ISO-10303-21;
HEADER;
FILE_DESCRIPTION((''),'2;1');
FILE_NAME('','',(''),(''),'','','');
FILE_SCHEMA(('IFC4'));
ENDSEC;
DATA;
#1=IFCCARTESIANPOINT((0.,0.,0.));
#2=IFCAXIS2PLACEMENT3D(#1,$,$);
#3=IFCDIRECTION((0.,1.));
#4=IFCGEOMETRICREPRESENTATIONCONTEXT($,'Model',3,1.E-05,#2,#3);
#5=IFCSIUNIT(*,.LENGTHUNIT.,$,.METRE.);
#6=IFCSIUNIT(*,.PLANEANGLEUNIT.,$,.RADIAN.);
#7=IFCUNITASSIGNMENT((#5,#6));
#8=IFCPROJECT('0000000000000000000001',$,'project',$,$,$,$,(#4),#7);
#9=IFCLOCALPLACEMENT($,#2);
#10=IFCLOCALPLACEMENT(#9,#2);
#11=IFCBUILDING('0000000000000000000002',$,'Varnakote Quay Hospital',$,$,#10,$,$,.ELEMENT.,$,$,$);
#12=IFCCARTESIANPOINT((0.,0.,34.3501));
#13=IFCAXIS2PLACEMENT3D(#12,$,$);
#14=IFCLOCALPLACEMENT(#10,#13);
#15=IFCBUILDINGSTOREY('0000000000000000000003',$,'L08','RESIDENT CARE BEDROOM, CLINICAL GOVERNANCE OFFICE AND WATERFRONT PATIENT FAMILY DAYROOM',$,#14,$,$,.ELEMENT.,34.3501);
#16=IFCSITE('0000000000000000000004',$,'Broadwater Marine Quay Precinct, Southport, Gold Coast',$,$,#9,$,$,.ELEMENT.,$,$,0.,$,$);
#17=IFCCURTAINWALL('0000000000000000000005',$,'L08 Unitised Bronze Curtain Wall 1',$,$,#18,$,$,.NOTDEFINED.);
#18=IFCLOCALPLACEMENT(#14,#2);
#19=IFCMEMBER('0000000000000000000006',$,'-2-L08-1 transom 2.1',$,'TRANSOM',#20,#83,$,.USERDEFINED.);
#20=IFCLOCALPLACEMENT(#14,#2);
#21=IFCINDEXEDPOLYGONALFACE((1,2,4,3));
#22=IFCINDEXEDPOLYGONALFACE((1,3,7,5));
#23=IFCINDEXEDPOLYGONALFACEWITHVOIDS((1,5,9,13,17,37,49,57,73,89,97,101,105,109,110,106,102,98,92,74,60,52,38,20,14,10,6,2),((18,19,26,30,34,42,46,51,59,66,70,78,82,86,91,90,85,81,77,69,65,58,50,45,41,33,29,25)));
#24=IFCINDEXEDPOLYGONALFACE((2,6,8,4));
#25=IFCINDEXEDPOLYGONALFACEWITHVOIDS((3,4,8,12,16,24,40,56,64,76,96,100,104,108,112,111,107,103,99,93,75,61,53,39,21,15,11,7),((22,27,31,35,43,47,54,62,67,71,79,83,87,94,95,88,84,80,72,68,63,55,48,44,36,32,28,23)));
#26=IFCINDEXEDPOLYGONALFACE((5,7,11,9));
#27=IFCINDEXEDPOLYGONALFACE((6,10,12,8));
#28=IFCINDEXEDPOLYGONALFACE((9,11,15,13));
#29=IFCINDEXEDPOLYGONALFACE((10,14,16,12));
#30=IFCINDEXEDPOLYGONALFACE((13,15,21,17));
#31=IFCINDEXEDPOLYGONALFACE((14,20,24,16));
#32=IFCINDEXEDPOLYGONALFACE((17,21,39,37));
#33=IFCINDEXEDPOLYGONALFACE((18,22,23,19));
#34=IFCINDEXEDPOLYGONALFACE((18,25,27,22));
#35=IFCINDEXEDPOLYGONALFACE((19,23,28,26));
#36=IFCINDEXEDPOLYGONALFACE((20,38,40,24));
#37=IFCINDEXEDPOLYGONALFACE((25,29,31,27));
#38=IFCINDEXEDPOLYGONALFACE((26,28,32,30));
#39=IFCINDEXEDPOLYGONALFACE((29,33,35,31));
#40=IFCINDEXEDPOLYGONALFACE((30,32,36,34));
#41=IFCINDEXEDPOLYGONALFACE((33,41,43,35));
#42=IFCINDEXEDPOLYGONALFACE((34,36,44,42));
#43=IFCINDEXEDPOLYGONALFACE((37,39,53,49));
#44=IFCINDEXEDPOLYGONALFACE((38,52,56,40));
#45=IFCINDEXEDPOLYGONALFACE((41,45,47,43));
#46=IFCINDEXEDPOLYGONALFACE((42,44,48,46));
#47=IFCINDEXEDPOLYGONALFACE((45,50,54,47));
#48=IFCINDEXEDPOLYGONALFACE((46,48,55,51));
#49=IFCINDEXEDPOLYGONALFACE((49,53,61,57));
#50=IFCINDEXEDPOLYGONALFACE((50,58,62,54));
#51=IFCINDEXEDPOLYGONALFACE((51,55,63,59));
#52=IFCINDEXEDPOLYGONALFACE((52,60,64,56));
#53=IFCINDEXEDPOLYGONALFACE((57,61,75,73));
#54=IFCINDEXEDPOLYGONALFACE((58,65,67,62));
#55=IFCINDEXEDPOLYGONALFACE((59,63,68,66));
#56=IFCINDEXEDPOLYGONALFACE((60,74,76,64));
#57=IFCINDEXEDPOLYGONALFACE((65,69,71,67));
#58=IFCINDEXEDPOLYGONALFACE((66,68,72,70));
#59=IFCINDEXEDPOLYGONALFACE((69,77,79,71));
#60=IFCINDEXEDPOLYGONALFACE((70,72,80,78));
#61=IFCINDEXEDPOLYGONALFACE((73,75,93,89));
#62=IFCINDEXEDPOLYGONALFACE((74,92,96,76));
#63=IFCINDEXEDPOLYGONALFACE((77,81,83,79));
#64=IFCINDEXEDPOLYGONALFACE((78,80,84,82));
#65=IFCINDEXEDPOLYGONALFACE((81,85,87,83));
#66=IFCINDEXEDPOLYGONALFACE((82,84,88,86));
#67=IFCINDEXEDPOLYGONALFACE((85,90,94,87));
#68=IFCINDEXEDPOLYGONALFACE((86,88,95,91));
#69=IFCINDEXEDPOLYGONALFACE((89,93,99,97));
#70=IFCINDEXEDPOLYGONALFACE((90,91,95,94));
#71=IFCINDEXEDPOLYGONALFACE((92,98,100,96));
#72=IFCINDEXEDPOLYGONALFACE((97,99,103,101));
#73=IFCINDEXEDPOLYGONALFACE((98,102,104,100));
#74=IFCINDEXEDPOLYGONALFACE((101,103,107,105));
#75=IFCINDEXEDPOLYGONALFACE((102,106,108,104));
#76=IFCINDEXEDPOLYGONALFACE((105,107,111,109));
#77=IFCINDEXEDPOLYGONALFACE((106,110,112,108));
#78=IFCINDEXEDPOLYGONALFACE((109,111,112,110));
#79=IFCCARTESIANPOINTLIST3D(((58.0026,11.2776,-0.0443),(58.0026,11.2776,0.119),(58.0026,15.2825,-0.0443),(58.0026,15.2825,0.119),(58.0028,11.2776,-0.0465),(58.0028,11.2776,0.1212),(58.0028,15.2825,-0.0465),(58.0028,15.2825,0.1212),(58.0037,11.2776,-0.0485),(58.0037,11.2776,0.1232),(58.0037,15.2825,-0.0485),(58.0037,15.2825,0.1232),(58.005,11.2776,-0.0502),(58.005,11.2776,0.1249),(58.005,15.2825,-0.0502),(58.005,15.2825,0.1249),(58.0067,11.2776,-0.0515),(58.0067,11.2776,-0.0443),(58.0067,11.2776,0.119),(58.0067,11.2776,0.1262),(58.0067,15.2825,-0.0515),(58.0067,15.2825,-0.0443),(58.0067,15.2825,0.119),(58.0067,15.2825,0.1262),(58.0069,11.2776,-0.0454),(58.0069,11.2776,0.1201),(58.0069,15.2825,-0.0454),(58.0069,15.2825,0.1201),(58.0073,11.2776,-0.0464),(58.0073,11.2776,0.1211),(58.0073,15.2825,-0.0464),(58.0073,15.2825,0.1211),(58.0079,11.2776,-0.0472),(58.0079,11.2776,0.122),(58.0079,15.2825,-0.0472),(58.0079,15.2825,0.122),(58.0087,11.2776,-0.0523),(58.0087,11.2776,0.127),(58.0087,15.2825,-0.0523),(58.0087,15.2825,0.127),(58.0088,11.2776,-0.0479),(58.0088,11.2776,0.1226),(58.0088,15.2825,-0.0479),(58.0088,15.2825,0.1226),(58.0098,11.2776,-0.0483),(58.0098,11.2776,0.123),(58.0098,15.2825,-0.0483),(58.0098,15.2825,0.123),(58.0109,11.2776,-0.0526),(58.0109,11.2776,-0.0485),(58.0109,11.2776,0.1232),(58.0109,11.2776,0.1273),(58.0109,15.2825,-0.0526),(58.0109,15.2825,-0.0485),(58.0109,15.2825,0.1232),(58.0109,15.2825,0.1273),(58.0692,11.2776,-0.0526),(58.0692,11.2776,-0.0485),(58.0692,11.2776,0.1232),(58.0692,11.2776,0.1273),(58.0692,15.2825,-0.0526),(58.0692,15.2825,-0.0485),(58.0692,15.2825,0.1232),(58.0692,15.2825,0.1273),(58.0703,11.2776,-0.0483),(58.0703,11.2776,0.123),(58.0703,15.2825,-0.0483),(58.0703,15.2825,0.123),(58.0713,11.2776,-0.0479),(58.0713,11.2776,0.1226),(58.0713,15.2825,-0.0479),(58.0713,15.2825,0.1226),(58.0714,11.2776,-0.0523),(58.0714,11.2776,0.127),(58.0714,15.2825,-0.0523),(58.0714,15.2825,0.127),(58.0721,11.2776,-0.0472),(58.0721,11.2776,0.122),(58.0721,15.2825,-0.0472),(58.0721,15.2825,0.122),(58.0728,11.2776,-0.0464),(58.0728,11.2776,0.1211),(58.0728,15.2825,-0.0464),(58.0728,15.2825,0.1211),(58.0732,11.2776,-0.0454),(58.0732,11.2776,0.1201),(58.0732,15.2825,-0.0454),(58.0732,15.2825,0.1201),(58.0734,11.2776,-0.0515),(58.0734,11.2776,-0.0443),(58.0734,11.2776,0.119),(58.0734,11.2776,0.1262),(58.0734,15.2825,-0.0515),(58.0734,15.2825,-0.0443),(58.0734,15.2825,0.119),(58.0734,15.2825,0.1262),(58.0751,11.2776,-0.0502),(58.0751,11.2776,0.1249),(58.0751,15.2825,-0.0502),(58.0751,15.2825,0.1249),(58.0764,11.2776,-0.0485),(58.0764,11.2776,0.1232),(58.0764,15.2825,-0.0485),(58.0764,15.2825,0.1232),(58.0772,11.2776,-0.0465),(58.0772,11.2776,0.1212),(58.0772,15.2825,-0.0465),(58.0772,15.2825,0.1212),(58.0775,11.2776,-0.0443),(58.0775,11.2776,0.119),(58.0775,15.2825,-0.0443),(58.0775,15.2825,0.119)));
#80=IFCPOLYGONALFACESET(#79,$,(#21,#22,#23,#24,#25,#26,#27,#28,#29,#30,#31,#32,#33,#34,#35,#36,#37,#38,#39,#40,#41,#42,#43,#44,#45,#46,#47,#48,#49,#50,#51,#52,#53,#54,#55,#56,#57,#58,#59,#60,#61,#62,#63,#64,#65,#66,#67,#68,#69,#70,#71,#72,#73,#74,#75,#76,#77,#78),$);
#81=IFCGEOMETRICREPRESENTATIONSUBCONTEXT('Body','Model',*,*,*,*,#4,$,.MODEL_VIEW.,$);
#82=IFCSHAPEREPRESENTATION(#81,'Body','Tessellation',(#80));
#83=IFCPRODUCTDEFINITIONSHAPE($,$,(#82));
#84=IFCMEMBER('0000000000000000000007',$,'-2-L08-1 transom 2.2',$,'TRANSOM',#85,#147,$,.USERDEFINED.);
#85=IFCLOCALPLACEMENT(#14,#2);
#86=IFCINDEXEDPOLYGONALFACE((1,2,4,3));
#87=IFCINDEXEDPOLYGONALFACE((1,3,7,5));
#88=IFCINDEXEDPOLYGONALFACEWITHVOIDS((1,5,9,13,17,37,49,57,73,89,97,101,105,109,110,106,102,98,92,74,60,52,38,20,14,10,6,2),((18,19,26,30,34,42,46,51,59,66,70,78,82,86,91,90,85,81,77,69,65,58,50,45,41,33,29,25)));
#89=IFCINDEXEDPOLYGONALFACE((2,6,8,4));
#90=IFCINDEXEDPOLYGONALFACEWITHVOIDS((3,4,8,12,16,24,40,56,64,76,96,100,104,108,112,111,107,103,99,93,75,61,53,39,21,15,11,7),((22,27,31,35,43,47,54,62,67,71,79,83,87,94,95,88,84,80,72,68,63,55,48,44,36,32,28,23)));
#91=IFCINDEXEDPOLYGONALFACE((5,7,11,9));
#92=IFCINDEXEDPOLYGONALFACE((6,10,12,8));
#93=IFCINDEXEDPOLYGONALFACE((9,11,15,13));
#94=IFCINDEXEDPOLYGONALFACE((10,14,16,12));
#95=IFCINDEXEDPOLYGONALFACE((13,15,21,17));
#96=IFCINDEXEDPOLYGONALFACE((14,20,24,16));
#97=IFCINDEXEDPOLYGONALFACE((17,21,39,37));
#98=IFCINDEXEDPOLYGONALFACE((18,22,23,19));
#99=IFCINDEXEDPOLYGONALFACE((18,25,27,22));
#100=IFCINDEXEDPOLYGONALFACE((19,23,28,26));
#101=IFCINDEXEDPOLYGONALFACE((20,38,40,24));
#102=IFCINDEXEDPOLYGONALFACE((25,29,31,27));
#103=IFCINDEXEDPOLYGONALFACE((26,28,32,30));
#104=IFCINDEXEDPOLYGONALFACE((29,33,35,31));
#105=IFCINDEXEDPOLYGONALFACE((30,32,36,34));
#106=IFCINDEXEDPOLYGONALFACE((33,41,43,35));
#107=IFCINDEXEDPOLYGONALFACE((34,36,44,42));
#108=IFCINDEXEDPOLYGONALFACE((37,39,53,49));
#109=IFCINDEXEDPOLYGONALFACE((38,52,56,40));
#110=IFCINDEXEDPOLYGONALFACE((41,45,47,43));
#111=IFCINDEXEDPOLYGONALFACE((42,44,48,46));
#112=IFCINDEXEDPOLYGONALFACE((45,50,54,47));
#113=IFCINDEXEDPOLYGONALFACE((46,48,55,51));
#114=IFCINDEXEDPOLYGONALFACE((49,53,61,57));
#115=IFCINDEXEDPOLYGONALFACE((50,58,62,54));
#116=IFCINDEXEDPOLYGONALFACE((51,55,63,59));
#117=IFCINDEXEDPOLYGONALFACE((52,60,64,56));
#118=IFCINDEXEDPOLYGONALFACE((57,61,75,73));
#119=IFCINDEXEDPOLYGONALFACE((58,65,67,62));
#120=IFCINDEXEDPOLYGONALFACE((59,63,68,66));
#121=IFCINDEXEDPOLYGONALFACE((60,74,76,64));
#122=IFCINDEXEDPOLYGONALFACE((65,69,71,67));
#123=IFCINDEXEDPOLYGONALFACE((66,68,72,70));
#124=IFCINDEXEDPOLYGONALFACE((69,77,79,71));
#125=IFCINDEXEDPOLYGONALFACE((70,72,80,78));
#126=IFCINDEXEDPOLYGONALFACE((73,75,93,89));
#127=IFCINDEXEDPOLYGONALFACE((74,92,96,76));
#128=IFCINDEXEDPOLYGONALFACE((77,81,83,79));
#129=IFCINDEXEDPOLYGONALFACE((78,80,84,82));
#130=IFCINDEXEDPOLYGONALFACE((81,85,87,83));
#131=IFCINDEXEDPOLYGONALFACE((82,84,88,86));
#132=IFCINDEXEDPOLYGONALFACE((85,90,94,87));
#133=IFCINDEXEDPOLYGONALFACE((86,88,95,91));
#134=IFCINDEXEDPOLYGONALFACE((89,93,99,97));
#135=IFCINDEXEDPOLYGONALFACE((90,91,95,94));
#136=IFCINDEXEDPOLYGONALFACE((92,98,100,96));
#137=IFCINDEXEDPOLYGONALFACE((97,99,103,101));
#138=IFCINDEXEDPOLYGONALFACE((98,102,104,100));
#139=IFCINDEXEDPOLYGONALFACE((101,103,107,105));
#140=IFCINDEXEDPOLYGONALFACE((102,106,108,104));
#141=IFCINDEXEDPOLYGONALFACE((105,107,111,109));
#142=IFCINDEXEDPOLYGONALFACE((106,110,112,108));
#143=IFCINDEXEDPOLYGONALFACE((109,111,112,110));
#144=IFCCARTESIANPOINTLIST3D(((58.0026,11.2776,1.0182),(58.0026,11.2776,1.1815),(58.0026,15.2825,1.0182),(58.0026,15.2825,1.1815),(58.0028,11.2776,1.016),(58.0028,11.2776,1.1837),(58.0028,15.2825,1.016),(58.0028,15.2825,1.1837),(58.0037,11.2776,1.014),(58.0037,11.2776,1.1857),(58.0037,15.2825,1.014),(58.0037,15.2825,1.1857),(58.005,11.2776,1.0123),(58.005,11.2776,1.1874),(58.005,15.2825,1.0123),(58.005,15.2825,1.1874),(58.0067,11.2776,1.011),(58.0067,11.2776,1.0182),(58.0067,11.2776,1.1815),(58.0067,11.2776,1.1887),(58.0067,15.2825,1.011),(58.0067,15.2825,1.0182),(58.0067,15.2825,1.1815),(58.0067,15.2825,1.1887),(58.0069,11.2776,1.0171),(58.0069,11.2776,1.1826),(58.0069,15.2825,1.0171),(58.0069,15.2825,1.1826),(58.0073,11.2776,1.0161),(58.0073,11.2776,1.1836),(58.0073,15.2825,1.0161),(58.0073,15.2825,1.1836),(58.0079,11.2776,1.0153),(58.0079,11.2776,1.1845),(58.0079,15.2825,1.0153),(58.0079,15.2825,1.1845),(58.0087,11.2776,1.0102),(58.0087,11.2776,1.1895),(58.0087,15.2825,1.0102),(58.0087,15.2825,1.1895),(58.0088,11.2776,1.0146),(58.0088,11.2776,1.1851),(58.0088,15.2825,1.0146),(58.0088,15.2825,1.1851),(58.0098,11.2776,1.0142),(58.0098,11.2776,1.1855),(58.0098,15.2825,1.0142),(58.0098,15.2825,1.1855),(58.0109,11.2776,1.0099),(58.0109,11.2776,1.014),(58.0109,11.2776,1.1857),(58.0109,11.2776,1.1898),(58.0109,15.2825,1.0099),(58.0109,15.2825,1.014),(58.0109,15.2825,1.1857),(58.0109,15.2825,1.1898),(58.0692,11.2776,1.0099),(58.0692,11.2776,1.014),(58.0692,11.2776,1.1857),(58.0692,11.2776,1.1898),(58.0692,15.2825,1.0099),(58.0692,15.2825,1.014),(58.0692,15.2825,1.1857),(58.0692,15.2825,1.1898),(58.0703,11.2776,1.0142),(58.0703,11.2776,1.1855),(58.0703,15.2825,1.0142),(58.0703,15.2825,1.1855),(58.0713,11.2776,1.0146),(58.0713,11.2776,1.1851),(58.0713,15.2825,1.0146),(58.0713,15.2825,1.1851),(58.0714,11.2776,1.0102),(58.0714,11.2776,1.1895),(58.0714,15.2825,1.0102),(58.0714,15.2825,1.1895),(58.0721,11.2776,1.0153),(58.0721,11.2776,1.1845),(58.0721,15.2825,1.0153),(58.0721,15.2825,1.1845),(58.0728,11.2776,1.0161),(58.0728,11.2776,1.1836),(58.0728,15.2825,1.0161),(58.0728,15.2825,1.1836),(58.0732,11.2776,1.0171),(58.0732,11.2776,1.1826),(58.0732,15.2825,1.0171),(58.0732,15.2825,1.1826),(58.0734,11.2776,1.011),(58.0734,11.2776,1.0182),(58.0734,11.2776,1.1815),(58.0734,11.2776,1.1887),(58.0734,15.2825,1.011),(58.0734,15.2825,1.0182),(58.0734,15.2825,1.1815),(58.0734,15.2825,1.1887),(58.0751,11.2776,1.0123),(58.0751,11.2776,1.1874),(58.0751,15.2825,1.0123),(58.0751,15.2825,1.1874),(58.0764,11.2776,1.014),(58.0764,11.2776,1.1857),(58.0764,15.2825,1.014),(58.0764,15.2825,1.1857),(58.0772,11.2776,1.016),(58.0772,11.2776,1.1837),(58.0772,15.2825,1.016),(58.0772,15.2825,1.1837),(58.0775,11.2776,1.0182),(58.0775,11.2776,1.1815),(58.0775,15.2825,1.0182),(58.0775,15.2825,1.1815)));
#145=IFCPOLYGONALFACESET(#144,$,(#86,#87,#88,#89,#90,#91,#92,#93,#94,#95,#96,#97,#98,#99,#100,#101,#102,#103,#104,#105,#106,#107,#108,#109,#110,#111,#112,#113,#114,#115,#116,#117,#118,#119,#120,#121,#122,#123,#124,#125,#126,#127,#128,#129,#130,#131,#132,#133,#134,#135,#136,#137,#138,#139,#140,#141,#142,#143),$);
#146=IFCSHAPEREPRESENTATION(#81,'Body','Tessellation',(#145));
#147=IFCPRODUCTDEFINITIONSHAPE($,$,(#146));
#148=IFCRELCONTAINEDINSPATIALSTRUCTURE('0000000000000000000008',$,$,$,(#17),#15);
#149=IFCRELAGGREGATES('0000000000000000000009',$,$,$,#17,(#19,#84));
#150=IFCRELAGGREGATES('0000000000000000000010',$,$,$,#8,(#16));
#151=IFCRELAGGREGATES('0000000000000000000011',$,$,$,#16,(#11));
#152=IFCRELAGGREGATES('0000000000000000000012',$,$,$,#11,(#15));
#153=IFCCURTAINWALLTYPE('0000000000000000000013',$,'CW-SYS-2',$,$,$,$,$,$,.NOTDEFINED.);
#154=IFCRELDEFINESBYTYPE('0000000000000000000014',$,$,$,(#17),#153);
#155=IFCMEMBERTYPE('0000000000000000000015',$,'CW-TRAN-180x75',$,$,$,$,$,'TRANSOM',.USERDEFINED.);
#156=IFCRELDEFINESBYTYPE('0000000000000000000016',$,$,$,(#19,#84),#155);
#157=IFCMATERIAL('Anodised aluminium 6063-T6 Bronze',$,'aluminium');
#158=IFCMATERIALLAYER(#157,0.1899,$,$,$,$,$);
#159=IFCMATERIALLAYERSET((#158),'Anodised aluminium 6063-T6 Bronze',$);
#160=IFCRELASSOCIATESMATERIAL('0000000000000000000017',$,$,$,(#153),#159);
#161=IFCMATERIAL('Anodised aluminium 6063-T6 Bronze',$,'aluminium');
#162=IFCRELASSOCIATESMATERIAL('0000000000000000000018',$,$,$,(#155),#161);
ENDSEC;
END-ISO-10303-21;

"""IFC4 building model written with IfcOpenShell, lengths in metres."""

from ifc_helpers import new_model, si_unit, direction, frame, origin, origin_2d, place, context, subcontext, project, spatial, hollow_rectangle, extrude, material, layer, layer_set, material_profile, profile_set, type_object, element, aggregate, save


model = new_model("IFC4")

# Units and contexts
model_context = context("Model", 3, precision=1e-05, world=origin(), true_north=direction((0.0, 1.0)))
body_context = subcontext(model_context, "Body", "Model", "MODEL_VIEW")
ifc_project = project(units=[si_unit("LENGTHUNIT", "METRE"), si_unit("PLANEANGLEUNIT", "RADIAN")], contexts=[model_context])

# Site, building, storey
site_placement = place(None, origin())
site = spatial("IfcSite", under=ifc_project, at=site_placement, Name="Broadwater Marine Quay Precinct, Southport, Gold Coast", CompositionType="ELEMENT", RefElevation=0.0)
building_placement = place(site_placement, origin())
building = spatial("IfcBuilding", under=site, at=building_placement, Name="Varnakote Quay Hospital", CompositionType="ELEMENT")
storey_placement = place(building_placement, frame((0.0, 0.0, 34.3501)))
storey = spatial("IfcBuildingStorey", under=building, at=storey_placement, Name="L08", Description="RESIDENT CARE BEDROOM, CLINICAL GOVERNANCE OFFICE AND WATERFRONT PATIENT FAMILY DAYROOM", CompositionType="ELEMENT", Elevation=34.3501)

# Curtain wall, members
ifc_material_1 = material(Name="Anodised aluminium 6063-T6 Bronze", Category="aluminium")
ifc_layer_1 = layer(ifc_material_1, 0.1899)
ifc_layer_set_1 = layer_set([ifc_layer_1], Name="Anodised aluminium 6063-T6 Bronze")
curtain_wall_type = type_object("IfcCurtainWallType", Name="CW-SYS-2", PredefinedType="NOTDEFINED", material=ifc_layer_set_1)
curtain_wall_placement = place(storey_placement, origin())
curtain_wall = element("IfcCurtainWall", 1, at=curtain_wall_placement, inside=storey, type_object=curtain_wall_type, Name="L08 Unitised Bronze Curtain Wall 1", PredefinedType="NOTDEFINED")
ifc_material_2 = material(Name="Anodised aluminium 6063-T6 Bronze", Category="aluminium")
ifc_material_profile_1 = material_profile(ifc_material_2, hollow_rectangle(XDim=0.075, YDim=0.1799, WallThickness=0.0042, InnerFilletRadius=0.0042, OuterFilletRadius=0.0083, at=origin_2d()), Name="CW-TRAN-180x75")
ifc_profile_set_1 = profile_set([ifc_material_profile_1], Name="Anodised aluminium 6063-T6 Bronze")
member_type_1 = type_object("IfcMemberType", Name="CW-TRAN-180x75", ElementType="TRANSOM", PredefinedType="USERDEFINED", material=ifc_profile_set_1)
member_1_placement = place(storey_placement, frame((58.04, 11.2776, 0.0374), z_axis=(0.0, 1.0, 0.0), x_axis=(-1.0, 0.0, 0.0)))
member_1 = element("IfcMember", 2, at=member_1_placement, type_object=member_type_1, Name="-2-L08-1 transom 2.1", ObjectType="TRANSOM", PredefinedType="USERDEFINED", context=body_context, shape_type="SweptSolid", body=[
    extrude(hollow_rectangle(XDim=0.075, YDim=0.1799, WallThickness=0.0042, InnerFilletRadius=0.0042, OuterFilletRadius=0.0083, at=origin_2d()), origin(), (0.0, 0.0, 1.0), 4.0049),
])
member_2_placement = place(storey_placement, frame((58.04, 11.2776, 1.0999), z_axis=(0.0, 1.0, 0.0), x_axis=(-1.0, 0.0, 0.0)))
member_2 = element("IfcMember", 3, at=member_2_placement, type_object=member_type_1, Name="-2-L08-1 transom 2.2", ObjectType="TRANSOM", PredefinedType="USERDEFINED", context=body_context, shape_type="SweptSolid", body=[
    extrude(hollow_rectangle(XDim=0.075, YDim=0.1799, WallThickness=0.0042, InnerFilletRadius=0.0042, OuterFilletRadius=0.0083, at=origin_2d()), origin(), (0.0, 0.0, 1.0), 4.0049),
])
aggregate(curtain_wall, [member_1, member_2])

save(model, "model.ifc")
